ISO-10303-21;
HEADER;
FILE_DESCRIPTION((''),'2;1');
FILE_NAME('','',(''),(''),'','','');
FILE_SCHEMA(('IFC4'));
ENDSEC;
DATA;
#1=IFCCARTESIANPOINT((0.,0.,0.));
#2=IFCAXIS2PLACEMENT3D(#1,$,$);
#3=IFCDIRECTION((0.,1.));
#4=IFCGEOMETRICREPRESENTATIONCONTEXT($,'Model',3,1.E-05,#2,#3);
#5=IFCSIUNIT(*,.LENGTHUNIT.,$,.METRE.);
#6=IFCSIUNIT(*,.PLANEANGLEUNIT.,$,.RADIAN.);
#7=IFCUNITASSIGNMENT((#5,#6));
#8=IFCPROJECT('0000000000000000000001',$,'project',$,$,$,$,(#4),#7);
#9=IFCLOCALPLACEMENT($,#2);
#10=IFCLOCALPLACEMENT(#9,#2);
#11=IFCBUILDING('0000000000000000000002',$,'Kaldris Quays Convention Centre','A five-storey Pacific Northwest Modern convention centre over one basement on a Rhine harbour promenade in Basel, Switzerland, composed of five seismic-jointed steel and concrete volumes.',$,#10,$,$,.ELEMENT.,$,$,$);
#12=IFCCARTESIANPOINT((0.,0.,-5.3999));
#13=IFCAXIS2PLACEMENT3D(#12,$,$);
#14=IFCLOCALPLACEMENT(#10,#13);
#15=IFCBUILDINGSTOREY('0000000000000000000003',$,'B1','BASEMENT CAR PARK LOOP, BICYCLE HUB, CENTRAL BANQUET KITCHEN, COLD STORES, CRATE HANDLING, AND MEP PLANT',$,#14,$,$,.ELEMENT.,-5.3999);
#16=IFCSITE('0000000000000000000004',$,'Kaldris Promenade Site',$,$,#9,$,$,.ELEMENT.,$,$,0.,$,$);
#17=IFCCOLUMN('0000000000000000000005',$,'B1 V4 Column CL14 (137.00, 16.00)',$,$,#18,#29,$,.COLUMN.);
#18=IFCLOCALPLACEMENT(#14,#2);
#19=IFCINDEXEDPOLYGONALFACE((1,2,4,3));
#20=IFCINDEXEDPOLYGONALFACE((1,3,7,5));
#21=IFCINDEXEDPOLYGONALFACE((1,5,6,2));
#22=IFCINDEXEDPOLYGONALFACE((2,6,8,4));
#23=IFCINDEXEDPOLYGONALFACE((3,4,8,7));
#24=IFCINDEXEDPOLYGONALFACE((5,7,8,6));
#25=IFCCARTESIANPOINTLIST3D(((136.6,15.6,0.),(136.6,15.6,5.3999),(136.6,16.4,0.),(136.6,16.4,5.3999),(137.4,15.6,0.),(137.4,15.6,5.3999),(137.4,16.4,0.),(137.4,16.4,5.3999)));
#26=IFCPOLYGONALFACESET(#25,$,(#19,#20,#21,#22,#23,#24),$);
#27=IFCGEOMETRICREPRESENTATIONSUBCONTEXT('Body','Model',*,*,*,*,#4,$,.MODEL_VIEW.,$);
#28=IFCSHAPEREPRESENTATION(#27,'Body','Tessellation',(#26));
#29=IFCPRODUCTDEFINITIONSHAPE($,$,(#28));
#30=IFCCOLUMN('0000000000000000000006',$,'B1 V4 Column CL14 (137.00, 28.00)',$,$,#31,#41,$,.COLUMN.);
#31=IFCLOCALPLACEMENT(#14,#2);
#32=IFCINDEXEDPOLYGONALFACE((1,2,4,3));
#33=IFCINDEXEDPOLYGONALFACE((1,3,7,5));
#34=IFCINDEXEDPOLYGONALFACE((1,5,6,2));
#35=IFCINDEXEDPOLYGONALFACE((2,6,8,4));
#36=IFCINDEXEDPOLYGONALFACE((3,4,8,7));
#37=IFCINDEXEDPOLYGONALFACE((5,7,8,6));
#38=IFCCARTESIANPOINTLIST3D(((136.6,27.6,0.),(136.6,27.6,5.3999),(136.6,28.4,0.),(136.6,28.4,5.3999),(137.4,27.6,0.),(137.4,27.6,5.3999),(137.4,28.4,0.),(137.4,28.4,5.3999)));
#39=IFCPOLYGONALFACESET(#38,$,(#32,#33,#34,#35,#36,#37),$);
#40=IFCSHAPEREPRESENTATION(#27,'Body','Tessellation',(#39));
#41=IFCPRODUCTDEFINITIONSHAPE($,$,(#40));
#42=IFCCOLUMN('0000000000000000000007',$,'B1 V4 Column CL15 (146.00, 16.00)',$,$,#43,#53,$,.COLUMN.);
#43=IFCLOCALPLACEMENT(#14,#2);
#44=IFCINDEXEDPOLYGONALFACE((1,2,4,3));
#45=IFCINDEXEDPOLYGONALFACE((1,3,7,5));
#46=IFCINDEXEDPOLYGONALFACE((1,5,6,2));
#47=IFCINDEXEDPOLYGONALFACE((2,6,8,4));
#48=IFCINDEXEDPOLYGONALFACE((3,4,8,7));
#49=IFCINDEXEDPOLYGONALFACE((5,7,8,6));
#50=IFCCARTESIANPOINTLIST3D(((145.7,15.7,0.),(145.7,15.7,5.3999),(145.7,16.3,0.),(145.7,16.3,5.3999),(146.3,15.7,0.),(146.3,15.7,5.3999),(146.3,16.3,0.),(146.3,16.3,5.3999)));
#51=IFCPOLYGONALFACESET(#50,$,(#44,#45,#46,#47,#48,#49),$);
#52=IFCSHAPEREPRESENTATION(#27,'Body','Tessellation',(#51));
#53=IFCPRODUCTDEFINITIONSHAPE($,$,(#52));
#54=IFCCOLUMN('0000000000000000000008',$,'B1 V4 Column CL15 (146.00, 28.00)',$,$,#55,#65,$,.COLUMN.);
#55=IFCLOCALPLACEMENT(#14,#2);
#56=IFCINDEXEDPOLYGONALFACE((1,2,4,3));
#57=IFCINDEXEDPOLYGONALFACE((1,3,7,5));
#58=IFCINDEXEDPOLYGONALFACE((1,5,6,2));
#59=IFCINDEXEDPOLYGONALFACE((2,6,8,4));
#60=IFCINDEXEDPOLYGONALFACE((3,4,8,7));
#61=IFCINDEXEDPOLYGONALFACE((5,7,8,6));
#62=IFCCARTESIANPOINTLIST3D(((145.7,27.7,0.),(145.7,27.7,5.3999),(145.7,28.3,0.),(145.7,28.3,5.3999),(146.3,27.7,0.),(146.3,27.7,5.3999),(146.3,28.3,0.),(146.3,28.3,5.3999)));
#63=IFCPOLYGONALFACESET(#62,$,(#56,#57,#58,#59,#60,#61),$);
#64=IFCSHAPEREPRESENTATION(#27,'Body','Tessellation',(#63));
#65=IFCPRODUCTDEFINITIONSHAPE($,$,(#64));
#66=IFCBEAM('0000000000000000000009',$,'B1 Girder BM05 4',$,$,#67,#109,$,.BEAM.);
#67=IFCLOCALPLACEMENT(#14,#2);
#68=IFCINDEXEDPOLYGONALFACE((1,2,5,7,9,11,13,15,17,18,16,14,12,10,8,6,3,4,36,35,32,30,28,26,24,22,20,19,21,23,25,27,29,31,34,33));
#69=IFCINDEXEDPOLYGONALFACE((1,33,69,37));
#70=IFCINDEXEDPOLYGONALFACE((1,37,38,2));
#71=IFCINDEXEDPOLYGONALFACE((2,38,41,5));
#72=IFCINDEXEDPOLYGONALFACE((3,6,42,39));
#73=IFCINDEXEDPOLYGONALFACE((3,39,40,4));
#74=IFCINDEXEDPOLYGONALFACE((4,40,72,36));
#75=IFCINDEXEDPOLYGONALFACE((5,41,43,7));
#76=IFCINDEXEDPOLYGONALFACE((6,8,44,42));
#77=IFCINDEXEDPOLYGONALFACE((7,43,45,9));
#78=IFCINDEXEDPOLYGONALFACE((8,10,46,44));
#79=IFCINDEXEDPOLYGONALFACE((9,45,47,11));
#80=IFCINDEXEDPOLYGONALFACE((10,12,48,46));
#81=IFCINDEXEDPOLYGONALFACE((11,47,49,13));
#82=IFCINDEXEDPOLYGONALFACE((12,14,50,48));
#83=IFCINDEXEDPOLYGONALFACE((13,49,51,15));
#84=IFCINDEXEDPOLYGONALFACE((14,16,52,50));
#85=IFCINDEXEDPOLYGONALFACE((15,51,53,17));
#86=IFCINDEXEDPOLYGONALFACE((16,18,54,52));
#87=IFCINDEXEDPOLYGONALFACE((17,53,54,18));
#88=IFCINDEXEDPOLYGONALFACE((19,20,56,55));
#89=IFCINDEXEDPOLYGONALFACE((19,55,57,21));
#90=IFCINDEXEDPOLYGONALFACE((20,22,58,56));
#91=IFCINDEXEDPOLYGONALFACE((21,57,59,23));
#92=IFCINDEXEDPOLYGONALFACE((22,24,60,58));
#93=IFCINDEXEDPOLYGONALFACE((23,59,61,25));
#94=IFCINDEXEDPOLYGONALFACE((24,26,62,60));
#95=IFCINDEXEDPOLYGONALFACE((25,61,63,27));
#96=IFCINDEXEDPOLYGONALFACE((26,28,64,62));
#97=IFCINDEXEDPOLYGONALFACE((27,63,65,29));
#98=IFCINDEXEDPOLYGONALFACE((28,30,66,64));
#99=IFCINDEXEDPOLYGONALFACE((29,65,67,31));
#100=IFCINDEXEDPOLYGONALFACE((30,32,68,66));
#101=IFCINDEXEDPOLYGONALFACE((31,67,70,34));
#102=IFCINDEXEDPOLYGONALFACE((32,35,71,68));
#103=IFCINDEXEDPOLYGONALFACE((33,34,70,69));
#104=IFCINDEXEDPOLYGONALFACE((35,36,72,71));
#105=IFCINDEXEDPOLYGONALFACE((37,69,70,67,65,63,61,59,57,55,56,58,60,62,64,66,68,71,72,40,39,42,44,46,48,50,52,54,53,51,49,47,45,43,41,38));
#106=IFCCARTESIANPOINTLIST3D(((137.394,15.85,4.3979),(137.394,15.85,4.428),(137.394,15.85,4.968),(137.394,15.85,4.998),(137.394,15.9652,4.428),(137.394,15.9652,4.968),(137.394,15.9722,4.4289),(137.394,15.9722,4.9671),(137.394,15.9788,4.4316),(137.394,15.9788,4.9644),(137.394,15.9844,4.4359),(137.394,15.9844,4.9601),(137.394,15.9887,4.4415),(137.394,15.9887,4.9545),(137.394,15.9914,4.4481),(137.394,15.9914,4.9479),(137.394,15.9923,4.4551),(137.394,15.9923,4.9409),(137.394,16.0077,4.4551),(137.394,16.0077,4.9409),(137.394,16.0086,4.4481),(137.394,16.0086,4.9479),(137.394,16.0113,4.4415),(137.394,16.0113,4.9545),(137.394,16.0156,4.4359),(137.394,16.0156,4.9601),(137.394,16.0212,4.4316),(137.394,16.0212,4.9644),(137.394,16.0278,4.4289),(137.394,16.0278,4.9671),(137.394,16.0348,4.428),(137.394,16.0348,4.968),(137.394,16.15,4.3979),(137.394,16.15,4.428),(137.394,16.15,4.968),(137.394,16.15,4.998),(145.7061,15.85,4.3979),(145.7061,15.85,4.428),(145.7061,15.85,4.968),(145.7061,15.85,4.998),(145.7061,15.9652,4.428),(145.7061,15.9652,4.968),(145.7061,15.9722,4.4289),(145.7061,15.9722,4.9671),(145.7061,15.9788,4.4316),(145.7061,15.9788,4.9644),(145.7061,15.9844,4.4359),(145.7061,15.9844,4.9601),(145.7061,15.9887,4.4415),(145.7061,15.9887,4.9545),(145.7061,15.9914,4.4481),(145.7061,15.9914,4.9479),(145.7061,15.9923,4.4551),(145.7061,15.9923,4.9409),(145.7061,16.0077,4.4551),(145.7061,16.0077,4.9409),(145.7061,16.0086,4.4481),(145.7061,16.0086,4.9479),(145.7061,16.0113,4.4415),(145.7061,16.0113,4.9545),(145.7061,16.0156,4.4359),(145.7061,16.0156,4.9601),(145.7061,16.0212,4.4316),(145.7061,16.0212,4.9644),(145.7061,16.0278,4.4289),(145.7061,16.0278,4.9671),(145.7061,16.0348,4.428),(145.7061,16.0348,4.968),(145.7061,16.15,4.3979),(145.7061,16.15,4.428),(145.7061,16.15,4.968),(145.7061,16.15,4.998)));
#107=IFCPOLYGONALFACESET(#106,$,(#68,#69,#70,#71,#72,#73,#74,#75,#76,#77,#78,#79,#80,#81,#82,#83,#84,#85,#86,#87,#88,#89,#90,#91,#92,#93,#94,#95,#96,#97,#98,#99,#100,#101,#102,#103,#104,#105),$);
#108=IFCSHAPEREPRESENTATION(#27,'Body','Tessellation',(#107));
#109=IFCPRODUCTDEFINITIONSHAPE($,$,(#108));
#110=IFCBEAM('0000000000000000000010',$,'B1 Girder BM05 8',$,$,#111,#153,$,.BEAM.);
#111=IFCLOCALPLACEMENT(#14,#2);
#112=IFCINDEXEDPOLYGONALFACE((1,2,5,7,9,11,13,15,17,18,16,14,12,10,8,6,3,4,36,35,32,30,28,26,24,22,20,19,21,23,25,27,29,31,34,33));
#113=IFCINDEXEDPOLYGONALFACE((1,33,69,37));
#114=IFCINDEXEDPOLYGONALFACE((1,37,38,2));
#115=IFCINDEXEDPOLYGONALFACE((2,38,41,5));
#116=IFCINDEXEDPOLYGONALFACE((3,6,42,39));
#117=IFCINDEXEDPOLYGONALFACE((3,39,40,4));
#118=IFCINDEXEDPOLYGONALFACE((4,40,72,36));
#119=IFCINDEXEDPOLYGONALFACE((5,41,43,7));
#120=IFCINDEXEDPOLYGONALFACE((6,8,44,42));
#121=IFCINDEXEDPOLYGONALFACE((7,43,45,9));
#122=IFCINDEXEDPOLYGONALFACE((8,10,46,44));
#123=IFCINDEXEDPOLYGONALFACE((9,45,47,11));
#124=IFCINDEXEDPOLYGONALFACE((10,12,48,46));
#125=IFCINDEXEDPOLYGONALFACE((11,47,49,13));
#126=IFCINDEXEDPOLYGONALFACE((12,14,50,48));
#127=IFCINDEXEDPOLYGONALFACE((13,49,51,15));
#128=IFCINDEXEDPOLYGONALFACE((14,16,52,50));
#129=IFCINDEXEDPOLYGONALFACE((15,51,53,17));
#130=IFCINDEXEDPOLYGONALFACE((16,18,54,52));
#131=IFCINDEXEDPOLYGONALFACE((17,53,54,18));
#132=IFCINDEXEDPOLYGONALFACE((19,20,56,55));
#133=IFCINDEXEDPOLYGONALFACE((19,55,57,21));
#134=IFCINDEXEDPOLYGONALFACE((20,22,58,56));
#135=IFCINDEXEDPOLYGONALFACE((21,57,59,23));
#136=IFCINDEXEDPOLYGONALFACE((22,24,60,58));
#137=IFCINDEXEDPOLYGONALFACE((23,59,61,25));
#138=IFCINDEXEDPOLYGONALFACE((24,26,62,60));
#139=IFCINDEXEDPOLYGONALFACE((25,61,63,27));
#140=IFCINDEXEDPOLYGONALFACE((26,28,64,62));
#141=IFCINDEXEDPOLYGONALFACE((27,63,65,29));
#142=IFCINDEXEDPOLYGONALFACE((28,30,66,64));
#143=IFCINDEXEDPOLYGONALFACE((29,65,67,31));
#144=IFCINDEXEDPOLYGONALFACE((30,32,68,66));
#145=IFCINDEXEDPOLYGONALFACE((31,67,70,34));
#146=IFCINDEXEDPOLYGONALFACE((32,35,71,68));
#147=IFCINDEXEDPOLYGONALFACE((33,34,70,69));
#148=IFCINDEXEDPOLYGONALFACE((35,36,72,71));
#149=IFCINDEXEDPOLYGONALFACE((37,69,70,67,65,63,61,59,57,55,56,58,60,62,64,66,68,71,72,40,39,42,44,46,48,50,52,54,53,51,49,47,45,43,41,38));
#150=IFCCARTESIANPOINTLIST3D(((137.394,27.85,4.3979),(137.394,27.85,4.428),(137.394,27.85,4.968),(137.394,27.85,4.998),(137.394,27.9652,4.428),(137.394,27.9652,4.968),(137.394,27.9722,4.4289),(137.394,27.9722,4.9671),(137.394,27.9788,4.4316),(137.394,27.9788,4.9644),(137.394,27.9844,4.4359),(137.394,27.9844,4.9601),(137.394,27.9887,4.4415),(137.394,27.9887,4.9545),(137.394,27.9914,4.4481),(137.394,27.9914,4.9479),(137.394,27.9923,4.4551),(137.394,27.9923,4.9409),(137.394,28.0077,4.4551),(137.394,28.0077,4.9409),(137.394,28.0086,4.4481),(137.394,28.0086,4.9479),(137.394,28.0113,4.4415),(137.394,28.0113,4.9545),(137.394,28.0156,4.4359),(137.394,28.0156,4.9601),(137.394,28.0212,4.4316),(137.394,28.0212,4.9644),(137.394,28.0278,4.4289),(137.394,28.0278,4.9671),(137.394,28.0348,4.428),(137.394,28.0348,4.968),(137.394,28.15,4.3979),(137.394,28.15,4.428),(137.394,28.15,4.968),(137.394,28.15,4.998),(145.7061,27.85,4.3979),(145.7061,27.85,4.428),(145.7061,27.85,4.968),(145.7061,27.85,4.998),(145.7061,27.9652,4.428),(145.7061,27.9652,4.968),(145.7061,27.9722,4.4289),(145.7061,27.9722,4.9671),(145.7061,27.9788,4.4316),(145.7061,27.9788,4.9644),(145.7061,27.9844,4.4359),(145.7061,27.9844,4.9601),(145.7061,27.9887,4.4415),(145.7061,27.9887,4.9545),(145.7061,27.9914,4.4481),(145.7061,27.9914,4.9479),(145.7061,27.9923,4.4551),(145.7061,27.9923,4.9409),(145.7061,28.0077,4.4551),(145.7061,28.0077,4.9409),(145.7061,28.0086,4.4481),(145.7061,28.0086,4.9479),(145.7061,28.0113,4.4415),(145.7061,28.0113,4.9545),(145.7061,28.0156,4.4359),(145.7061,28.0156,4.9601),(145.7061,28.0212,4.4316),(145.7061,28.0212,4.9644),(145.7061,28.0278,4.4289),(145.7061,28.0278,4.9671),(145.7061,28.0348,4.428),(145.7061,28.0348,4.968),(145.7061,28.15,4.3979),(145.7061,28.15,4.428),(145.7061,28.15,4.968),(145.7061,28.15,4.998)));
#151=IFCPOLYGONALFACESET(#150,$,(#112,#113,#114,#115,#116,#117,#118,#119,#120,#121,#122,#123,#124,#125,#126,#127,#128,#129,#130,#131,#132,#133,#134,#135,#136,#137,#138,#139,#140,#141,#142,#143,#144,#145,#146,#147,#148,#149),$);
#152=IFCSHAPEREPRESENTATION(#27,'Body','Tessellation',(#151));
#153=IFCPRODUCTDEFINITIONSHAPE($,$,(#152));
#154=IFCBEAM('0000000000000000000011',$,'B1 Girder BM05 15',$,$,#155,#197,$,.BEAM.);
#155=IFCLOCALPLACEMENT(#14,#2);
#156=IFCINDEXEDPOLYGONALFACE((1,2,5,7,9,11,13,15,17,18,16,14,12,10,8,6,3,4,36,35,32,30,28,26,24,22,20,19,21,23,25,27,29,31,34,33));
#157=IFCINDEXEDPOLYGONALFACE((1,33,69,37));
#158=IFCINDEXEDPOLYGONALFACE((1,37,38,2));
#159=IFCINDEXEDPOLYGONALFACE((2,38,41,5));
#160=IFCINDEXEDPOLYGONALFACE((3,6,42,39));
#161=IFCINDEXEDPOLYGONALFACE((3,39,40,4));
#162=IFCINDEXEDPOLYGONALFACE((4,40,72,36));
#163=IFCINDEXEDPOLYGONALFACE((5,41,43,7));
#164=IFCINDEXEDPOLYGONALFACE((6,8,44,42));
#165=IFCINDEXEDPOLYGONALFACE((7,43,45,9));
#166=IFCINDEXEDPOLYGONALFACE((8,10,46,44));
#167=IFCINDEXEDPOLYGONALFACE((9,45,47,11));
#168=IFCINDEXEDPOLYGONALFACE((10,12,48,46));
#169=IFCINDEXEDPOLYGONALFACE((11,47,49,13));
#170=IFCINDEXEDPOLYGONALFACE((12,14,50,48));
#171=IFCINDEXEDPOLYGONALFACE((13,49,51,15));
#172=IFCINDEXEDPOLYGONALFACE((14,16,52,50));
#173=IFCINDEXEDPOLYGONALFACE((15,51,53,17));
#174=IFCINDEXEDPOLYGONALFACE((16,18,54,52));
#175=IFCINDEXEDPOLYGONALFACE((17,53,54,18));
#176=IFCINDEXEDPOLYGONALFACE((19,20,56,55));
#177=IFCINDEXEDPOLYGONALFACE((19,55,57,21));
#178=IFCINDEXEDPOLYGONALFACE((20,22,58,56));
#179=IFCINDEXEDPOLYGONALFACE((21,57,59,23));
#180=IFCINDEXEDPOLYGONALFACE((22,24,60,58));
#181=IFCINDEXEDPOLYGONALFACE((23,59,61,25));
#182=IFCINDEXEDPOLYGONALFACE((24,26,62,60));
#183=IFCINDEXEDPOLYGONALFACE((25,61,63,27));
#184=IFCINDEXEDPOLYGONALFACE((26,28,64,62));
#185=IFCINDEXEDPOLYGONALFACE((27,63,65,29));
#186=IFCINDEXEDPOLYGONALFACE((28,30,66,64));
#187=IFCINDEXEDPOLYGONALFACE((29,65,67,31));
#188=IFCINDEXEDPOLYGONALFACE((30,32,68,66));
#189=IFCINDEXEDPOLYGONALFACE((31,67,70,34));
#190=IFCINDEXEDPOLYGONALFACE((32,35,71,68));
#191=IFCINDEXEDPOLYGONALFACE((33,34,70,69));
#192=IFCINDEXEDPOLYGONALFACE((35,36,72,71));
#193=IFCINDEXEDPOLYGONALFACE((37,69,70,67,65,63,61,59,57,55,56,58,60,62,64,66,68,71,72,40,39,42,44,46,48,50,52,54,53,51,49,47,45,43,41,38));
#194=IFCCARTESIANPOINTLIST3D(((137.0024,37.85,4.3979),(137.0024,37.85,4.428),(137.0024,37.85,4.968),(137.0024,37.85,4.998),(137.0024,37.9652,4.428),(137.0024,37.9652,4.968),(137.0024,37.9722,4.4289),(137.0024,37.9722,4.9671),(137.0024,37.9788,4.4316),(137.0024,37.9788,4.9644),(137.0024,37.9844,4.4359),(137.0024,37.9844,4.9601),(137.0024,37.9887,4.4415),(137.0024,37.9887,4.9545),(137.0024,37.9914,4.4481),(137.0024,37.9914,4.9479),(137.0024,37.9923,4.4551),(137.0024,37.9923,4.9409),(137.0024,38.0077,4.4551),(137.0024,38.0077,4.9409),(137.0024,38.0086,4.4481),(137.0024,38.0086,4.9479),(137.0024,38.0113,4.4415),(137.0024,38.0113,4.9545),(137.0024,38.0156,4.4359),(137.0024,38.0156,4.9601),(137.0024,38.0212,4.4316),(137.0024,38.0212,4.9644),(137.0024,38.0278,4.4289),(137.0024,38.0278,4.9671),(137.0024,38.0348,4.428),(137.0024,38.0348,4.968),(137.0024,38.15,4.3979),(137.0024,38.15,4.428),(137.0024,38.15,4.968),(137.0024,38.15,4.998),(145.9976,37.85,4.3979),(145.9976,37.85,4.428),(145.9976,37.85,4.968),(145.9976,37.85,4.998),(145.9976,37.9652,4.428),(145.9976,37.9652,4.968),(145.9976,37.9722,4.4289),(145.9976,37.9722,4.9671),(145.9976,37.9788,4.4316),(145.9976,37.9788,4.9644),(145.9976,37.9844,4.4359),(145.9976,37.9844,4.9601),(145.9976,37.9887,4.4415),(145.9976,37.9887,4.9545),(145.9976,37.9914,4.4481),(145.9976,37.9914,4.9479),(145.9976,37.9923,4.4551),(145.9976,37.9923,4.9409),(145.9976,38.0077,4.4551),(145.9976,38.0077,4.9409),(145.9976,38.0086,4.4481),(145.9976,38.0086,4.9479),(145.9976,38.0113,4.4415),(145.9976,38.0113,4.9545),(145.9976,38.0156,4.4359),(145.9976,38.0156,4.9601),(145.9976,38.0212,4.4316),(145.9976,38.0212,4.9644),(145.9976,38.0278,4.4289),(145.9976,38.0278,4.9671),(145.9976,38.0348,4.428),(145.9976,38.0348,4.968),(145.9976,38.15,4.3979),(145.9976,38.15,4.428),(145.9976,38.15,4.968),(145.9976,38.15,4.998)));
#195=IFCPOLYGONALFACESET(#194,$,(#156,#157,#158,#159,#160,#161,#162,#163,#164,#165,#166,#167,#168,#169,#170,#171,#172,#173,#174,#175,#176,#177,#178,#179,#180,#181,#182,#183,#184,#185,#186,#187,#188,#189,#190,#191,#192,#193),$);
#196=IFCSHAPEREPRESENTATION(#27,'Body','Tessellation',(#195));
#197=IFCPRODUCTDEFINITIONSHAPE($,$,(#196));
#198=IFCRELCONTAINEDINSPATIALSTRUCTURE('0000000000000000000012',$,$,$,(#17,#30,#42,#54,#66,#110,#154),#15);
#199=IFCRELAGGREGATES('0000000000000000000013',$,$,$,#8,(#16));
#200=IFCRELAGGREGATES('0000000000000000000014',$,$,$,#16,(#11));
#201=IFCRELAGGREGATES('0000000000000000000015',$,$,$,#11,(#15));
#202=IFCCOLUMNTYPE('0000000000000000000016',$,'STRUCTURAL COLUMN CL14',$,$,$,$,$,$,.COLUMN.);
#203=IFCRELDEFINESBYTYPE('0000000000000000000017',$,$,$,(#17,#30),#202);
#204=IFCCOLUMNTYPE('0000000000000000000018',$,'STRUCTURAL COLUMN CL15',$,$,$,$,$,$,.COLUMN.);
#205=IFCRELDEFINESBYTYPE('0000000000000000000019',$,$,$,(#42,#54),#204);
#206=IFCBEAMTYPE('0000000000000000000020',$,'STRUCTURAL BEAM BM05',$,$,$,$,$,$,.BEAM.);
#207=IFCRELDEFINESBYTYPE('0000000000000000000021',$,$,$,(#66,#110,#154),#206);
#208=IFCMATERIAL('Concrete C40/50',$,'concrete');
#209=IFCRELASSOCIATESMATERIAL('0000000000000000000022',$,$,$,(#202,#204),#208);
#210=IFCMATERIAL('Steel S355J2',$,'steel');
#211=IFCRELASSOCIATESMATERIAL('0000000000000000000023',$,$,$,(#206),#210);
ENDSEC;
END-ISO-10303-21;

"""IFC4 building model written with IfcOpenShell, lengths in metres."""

from ifc_helpers import new_model, si_unit, direction, frame, origin, origin_2d, place, context, subcontext, project, spatial, rectangle, i_section, extrude, material, material_profile, profile_set, type_object, element, save


model = new_model("IFC4")

# Units and contexts
model_context = context("Model", 3, precision=1e-05, world=origin(), true_north=direction((0.0, 1.0)))
body_context = subcontext(model_context, "Body", "Model", "MODEL_VIEW")
ifc_project = project(units=[si_unit("LENGTHUNIT", "METRE"), si_unit("PLANEANGLEUNIT", "RADIAN")], contexts=[model_context])

# Site, building, storey
site_placement = place(None, origin())
site = spatial("IfcSite", under=ifc_project, at=site_placement, Name="Kaldris Promenade Site", CompositionType="ELEMENT", RefElevation=0.0)
building_placement = place(site_placement, origin())
building = spatial("IfcBuilding", under=site, at=building_placement, Name="Kaldris Quays Convention Centre", Description="A five-storey Pacific Northwest Modern convention centre over one basement on a Rhine harbour promenade in Basel, Switzerland, composed of five seismic-jointed steel and concrete volumes.", CompositionType="ELEMENT")
storey_placement = place(building_placement, frame((0.0, 0.0, -5.3999)))
storey = spatial("IfcBuildingStorey", under=building, at=storey_placement, Name="B1", Description="BASEMENT CAR PARK LOOP, BICYCLE HUB, CENTRAL BANQUET KITCHEN, COLD STORES, CRATE HANDLING, AND MEP PLANT", CompositionType="ELEMENT", Elevation=-5.3999)

# Columns
ifc_material_1 = material(Name="Steel S355J2", Category="steel")
ifc_material_2 = material(Name="Concrete C40/50", Category="concrete")
ifc_material_profile_1 = material_profile(ifc_material_2, rectangle(XDim=0.8, YDim=0.8, at=origin_2d()), Name="RC 800x800")
ifc_profile_set_1 = profile_set([ifc_material_profile_1], Name="Concrete C40/50")
column_type_1 = type_object("IfcColumnType", Name="STRUCTURAL COLUMN CL14", PredefinedType="COLUMN", material=ifc_profile_set_1)
for number, where, z_axis, x_axis, name in (
    (1, (137.0, 16.0, 0.0), (0.0, 0.0, 1.0), (1.0, 0.0, 0.0), "B1 V4 Column CL14 (137.00, 16.00)"),
    (2, (137.0, 28.0, 0.0), (0.0, 0.0, 1.0), (1.0, 0.0, 0.0), "B1 V4 Column CL14 (137.00, 28.00)"),
):
    element("IfcColumn", number, at=place(storey_placement, frame(where, z_axis=z_axis, x_axis=x_axis)), inside=storey, type_object=column_type_1, Name=name, PredefinedType="COLUMN", context=body_context, shape_type="SweptSolid", body=[
        extrude(rectangle(XDim=0.8, YDim=0.8, at=origin_2d()), origin(), (0.0, 0.0, 1.0), 5.3999),
    ])
ifc_material_profile_2 = material_profile(ifc_material_2, rectangle(XDim=0.6001, YDim=0.6001, at=origin_2d()), Name="RC 600x600")
ifc_profile_set_2 = profile_set([ifc_material_profile_2], Name="Concrete C40/50")
column_type_2 = type_object("IfcColumnType", Name="STRUCTURAL COLUMN CL15", PredefinedType="COLUMN", material=ifc_profile_set_2)
for number, where, z_axis, x_axis, name in (
    (3, (146.0, 16.0, 0.0), (0.0, 0.0, 1.0), (1.0, 0.0, 0.0), "B1 V4 Column CL15 (146.00, 16.00)"),
    (4, (146.0, 28.0, 0.0), (0.0, 0.0, 1.0), (1.0, 0.0, 0.0), "B1 V4 Column CL15 (146.00, 28.00)"),
):
    element("IfcColumn", number, at=place(storey_placement, frame(where, z_axis=z_axis, x_axis=x_axis)), inside=storey, type_object=column_type_2, Name=name, PredefinedType="COLUMN", context=body_context, shape_type="SweptSolid", body=[
        extrude(rectangle(XDim=0.6001, YDim=0.6001, at=origin_2d()), origin(), (0.0, 0.0, 1.0), 5.3999),
    ])

# Beams
ifc_material_profile_3 = material_profile(ifc_material_1, i_section(OverallWidth=0.3, OverallDepth=0.6001, WebThickness=0.0154, FlangeThickness=0.03, FilletRadius=0.0271, at=origin_2d()), Name="HEB 600")
ifc_profile_set_3 = profile_set([ifc_material_profile_3], Name="Steel S355J2")
beam_type_1 = type_object("IfcBeamType", Name="STRUCTURAL BEAM BM05", PredefinedType="BEAM", material=ifc_profile_set_3)
for number, where, z_axis, x_axis, name in (
    (5, (137.394, 16.0, 4.698), (1.0, 0.0, 0.0), (0.0, 1.0, 0.0), "B1 Girder BM05 4"),
    (6, (137.394, 28.0, 4.698), (1.0, 0.0, 0.0), (0.0, 1.0, 0.0), "B1 Girder BM05 8"),
):
    element("IfcBeam", number, at=place(storey_placement, frame(where, z_axis=z_axis, x_axis=x_axis)), inside=storey, type_object=beam_type_1, Name=name, PredefinedType="BEAM", context=body_context, shape_type="SweptSolid", body=[
        extrude(i_section(OverallWidth=0.3, OverallDepth=0.6001, WebThickness=0.0154, FlangeThickness=0.03, FilletRadius=0.0271, at=origin_2d()), origin(), (0.0, 0.0, 1.0), 8.312),
    ])
beam_1_placement = place(storey_placement, frame((137.0024, 38.0, 4.698), z_axis=(1.0, 0.0, 0.0), x_axis=(0.0, 1.0, 0.0)))
element("IfcBeam", 7, at=beam_1_placement, inside=storey, type_object=beam_type_1, Name="B1 Girder BM05 15", PredefinedType="BEAM", context=body_context, shape_type="SweptSolid", body=[
    extrude(i_section(OverallWidth=0.3, OverallDepth=0.6001, WebThickness=0.0154, FlangeThickness=0.03, FilletRadius=0.0271, at=origin_2d()), origin(), (0.0, 0.0, 1.0), 8.9951),
])

save(model, "model.ifc")
